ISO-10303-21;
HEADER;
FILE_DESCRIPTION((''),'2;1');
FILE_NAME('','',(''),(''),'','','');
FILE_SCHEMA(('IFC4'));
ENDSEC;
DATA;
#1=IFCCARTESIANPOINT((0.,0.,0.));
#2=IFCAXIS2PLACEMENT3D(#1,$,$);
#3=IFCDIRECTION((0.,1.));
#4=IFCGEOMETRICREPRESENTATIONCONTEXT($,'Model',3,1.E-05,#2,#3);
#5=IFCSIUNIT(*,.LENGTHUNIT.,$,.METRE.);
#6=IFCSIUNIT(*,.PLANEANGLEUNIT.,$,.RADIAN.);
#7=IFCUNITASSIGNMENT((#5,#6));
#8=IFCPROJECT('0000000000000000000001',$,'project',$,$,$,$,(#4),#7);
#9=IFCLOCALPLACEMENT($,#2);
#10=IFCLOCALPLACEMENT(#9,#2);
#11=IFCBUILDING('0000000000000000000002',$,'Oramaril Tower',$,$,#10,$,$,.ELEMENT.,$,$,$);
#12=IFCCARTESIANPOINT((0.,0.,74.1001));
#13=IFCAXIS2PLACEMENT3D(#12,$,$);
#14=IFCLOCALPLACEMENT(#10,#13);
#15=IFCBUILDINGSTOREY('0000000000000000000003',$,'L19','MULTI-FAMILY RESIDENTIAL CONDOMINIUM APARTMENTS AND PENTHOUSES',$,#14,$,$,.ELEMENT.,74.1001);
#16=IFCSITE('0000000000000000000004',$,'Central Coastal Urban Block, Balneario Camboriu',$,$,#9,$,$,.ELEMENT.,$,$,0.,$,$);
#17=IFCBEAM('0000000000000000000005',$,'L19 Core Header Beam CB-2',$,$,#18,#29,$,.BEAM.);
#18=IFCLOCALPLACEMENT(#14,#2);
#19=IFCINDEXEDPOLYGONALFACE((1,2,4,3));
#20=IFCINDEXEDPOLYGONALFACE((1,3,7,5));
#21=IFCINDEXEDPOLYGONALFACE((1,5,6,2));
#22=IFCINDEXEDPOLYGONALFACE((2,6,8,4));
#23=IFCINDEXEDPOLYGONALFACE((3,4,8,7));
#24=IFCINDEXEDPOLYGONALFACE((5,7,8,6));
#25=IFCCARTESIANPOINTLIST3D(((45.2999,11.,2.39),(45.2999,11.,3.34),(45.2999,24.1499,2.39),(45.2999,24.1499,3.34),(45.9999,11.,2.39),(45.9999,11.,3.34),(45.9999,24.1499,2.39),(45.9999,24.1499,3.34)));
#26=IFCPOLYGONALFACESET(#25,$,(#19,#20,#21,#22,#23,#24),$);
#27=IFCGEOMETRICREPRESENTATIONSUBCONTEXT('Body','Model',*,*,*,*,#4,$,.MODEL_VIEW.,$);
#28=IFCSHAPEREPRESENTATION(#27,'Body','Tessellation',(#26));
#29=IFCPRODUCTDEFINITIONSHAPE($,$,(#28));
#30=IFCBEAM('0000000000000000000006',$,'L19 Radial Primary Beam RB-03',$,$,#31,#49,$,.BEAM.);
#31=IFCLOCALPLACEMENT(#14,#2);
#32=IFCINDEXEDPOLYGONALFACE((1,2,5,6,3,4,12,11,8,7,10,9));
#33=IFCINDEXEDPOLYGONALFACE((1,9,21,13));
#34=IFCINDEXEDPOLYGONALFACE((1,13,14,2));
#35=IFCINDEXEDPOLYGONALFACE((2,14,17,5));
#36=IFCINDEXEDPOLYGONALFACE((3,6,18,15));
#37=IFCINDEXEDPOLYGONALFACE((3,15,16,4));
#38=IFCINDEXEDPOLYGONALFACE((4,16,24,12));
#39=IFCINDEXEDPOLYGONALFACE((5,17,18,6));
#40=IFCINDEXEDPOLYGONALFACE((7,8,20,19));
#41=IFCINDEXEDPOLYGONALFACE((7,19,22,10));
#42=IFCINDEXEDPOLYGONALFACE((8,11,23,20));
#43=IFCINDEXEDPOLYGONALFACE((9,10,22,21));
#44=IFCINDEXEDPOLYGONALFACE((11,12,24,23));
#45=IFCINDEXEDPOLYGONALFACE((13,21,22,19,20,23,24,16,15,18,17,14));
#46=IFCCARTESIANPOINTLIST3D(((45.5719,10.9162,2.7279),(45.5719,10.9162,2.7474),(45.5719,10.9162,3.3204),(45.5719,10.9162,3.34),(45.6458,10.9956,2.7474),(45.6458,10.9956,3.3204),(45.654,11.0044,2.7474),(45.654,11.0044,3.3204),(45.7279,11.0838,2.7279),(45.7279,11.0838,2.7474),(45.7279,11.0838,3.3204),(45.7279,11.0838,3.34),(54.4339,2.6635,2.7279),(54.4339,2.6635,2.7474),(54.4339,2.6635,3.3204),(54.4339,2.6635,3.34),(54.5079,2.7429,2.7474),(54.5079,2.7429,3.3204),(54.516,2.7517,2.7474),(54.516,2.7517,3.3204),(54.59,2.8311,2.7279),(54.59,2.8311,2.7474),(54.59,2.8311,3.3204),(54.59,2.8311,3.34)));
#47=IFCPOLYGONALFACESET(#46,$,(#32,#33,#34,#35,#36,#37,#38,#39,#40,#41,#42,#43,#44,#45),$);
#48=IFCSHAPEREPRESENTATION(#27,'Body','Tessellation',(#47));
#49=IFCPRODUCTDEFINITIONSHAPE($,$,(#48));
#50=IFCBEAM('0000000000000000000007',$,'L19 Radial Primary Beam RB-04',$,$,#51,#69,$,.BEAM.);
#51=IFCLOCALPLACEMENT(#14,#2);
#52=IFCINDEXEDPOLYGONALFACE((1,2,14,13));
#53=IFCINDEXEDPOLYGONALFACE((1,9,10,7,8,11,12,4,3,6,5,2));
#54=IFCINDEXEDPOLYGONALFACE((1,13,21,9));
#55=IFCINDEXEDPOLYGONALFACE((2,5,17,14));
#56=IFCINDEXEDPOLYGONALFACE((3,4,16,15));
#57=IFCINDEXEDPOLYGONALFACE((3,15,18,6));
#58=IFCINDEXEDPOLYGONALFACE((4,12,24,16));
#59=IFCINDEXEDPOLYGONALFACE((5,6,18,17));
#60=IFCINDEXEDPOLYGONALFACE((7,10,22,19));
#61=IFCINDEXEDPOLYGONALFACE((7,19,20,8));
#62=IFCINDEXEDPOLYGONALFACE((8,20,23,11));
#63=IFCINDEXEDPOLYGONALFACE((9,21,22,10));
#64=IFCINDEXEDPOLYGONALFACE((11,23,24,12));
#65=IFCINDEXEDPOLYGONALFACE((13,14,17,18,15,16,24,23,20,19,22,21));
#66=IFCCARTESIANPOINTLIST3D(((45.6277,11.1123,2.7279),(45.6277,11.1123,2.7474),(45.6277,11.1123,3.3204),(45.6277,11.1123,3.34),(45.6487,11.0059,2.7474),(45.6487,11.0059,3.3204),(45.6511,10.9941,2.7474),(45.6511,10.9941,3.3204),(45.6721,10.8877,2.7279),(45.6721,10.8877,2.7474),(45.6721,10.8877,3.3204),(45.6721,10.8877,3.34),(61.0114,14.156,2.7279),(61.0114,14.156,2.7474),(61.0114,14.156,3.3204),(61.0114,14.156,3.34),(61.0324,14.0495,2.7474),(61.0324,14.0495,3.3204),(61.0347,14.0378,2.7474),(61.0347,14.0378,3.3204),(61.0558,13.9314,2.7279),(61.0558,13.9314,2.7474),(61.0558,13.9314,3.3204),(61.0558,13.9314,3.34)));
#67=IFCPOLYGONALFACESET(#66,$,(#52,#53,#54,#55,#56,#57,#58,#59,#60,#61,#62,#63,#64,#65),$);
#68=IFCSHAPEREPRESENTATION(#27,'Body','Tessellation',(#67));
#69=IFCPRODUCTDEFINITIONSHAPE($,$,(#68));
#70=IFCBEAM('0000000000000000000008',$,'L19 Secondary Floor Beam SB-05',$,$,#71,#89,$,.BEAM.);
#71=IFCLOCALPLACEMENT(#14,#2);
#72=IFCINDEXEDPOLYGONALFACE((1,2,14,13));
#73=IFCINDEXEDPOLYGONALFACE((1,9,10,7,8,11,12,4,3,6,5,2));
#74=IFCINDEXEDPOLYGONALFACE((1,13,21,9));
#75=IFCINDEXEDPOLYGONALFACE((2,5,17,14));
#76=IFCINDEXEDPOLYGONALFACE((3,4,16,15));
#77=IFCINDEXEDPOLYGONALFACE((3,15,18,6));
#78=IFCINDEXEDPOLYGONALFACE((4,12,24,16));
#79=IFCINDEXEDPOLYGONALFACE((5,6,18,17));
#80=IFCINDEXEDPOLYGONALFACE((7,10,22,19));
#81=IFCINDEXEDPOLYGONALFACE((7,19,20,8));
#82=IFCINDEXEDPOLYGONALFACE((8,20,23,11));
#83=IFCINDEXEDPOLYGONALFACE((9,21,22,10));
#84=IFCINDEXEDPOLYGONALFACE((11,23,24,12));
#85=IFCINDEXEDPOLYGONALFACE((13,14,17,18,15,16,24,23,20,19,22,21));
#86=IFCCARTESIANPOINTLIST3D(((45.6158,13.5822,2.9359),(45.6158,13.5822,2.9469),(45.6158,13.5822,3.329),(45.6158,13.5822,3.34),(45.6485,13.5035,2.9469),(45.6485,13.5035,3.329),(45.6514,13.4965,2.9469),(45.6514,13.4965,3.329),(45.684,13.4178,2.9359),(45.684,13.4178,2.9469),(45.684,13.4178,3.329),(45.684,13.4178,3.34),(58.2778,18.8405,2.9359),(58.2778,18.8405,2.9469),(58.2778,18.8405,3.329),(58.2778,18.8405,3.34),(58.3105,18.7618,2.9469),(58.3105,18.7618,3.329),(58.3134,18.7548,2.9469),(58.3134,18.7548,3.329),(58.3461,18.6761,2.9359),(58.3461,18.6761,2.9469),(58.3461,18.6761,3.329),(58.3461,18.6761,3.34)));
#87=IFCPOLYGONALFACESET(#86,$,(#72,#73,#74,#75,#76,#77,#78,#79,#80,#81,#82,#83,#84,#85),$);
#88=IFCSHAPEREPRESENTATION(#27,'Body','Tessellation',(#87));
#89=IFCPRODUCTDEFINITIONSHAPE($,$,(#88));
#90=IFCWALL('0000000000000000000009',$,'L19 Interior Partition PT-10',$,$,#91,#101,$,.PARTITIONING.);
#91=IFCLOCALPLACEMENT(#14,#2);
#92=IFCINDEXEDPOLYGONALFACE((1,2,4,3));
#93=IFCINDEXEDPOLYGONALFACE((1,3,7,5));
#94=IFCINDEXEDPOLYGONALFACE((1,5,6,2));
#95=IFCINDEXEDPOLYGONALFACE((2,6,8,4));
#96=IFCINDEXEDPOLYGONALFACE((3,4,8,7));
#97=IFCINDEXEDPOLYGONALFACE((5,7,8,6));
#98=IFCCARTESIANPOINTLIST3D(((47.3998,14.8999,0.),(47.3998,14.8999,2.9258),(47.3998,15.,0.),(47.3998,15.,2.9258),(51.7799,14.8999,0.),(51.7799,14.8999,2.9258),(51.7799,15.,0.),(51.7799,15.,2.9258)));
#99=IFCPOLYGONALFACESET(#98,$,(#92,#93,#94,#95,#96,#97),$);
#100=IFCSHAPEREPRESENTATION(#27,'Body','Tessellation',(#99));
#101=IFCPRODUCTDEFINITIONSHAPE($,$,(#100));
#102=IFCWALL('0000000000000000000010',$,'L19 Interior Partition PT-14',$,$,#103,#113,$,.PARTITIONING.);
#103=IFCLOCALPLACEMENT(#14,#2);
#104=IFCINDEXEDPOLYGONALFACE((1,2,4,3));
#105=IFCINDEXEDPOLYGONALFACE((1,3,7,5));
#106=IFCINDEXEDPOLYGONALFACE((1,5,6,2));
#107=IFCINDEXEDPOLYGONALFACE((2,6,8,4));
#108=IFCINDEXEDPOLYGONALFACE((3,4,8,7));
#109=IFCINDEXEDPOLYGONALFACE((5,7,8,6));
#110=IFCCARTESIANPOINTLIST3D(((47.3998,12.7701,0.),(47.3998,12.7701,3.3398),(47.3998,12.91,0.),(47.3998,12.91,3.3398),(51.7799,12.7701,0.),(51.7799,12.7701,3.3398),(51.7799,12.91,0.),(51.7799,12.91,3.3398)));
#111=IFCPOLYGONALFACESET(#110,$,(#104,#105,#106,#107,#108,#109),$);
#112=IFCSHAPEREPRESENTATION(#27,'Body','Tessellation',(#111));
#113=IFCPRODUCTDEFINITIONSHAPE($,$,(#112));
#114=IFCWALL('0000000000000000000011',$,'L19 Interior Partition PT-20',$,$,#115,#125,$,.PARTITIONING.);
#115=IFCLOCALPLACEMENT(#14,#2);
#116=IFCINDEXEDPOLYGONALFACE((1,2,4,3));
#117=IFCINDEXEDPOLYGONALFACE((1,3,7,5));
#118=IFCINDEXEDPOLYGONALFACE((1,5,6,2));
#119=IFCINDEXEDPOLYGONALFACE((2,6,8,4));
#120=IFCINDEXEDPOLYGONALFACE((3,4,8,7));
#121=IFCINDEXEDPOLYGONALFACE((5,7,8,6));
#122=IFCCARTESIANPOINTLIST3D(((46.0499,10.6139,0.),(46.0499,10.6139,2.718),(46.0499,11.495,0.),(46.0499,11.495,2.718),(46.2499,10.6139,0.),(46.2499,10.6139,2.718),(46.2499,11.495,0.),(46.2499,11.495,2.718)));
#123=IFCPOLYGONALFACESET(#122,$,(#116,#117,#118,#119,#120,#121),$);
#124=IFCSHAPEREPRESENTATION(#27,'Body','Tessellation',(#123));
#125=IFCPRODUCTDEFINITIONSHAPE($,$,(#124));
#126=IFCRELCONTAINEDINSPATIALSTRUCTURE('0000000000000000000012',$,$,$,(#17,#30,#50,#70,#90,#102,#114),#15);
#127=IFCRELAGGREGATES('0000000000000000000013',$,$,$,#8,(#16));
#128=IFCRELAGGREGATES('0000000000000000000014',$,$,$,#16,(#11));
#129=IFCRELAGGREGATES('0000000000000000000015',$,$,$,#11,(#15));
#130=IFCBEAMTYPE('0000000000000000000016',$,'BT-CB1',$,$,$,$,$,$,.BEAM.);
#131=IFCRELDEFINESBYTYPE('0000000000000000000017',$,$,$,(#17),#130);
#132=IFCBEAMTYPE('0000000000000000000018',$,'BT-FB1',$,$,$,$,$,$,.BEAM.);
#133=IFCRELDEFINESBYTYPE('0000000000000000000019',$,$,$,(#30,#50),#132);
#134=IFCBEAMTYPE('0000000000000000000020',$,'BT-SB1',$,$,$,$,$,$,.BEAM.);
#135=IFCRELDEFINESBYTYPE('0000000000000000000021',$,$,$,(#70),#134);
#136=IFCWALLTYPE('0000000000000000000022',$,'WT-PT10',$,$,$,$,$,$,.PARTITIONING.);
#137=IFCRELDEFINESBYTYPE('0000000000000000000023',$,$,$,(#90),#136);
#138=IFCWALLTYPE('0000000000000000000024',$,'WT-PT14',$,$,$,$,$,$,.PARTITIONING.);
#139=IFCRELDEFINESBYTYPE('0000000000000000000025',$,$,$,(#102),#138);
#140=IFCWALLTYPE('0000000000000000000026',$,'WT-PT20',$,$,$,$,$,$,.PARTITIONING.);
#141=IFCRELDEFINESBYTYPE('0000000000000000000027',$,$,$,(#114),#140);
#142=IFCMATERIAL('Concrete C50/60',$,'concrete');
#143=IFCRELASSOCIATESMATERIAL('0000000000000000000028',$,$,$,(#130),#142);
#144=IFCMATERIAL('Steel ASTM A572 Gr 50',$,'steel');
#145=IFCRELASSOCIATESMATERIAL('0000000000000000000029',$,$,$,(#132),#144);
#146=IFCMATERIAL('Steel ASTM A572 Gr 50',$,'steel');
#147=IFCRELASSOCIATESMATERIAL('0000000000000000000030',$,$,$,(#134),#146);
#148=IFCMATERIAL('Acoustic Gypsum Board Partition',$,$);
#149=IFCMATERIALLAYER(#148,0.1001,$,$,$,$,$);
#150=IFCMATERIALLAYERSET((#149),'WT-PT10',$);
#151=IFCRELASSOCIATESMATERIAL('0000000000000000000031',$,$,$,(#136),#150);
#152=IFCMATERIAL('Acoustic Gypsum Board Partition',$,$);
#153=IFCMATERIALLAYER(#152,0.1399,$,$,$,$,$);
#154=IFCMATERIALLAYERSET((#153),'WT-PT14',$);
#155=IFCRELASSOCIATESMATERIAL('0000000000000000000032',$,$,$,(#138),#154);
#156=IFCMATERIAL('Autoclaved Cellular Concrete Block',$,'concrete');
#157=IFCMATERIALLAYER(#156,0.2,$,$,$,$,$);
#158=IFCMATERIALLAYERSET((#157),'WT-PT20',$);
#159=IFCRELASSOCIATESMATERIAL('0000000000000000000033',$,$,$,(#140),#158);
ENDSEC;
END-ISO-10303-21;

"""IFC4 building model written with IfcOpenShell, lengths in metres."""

from ifc_helpers import new_model, si_unit, direction, frame, frame_2d, origin, origin_2d, place, context, subcontext, project, spatial, rectangle, i_section, extrude, material, layer, layer_set, material_profile, profile_set, type_object, element, save


model = new_model("IFC4")

# Units and contexts
model_context = context("Model", 3, precision=1e-05, world=origin(), true_north=direction((0.0, 1.0)))
body_context = subcontext(model_context, "Body", "Model", "MODEL_VIEW")
ifc_project = project(units=[si_unit("LENGTHUNIT", "METRE"), si_unit("PLANEANGLEUNIT", "RADIAN")], contexts=[model_context])

# Site, building, storey
site_placement = place(None, origin())
site = spatial("IfcSite", under=ifc_project, at=site_placement, Name="Central Coastal Urban Block, Balneario Camboriu", CompositionType="ELEMENT", RefElevation=0.0)
building_placement = place(site_placement, origin())
building = spatial("IfcBuilding", under=site, at=building_placement, Name="Oramaril Tower", CompositionType="ELEMENT")
storey_placement = place(building_placement, frame((0.0, 0.0, 74.1001)))
storey = spatial("IfcBuildingStorey", under=building, at=storey_placement, Name="L19", Description="MULTI-FAMILY RESIDENTIAL CONDOMINIUM APARTMENTS AND PENTHOUSES", CompositionType="ELEMENT", Elevation=74.1001)

# Beams
ifc_material_1 = material(Name="Concrete C50/60", Category="concrete")
ifc_material_profile_1 = material_profile(ifc_material_1, rectangle(XDim=0.7, YDim=0.95, at=origin_2d()), Name="CB700X950")
ifc_profile_set_1 = profile_set([ifc_material_profile_1], Name="Concrete C50/60")
beam_type_1 = type_object("IfcBeamType", Name="BT-CB1", PredefinedType="BEAM", material=ifc_profile_set_1)
beam_1_placement = place(storey_placement, frame((45.6499, 11.0, 2.865), z_axis=(0.0, 1.0, 0.0), x_axis=(-1.0, 0.0, 0.0)))
element("IfcBeam", 1, at=beam_1_placement, inside=storey, type_object=beam_type_1, Name="L19 Core Header Beam CB-2", PredefinedType="BEAM", context=body_context, shape_type="SweptSolid", body=[
    extrude(rectangle(XDim=0.7, YDim=0.95, at=origin_2d()), origin(), (0.0, 0.0, 1.0), 13.1499),
])
ifc_material_2 = material(Name="Steel ASTM A572 Gr 50", Category="steel")
ifc_material_profile_2 = material_profile(ifc_material_2, i_section(OverallWidth=0.229, OverallDepth=0.6121, WebThickness=0.012, FlangeThickness=0.0195, at=origin_2d()), Name="W24X84")
ifc_profile_set_2 = profile_set([ifc_material_profile_2], Name="Steel ASTM A572 Gr 50")
beam_type_2 = type_object("IfcBeamType", Name="BT-FB1", PredefinedType="BEAM", material=ifc_profile_set_2)
beam_2_placement = place(storey_placement, frame((45.6499, 11.0, 3.0339), z_axis=(0.73182, -0.681498, 0.0), x_axis=(0.681498, 0.73182, 0.0)))
element("IfcBeam", 2, at=beam_2_placement, inside=storey, type_object=beam_type_2, Name="L19 Radial Primary Beam RB-03", PredefinedType="BEAM", context=body_context, shape_type="SweptSolid", body=[
    extrude(i_section(OverallWidth=0.229, OverallDepth=0.6121, WebThickness=0.012, FlangeThickness=0.0195, at=origin_2d()), origin(), (0.0, 0.0, 1.0), 12.1096),
])
beam_3_placement = place(storey_placement, frame((45.6499, 11.0, 3.0339), z_axis=(0.980984, 0.194089, 0.0), x_axis=(-0.194089, 0.980984, 0.0)))
element("IfcBeam", 3, at=beam_3_placement, inside=storey, type_object=beam_type_2, Name="L19 Radial Primary Beam RB-04", PredefinedType="BEAM", context=body_context, shape_type="SweptSolid", body=[
    extrude(i_section(OverallWidth=0.229, OverallDepth=0.6121, WebThickness=0.012, FlangeThickness=0.0195, at=origin_2d()), origin(), (0.0, 0.0, 1.0), 15.6819),
])
ifc_material_3 = material(Name="Steel ASTM A572 Gr 50", Category="steel")
ifc_material_profile_3 = material_profile(ifc_material_3, i_section(OverallWidth=0.178, OverallDepth=0.4041, WebThickness=0.0076, FlangeThickness=0.011, at=origin_2d()), Name="W16X36")
ifc_profile_set_3 = profile_set([ifc_material_profile_3], Name="Steel ASTM A572 Gr 50")
beam_type_3 = type_object("IfcBeamType", Name="BT-SB1", PredefinedType="BEAM", material=ifc_profile_set_3)
beam_4_placement = place(storey_placement, frame((45.6499, 13.5, 3.1379), z_axis=(0.923531, 0.383523, 0.0), x_axis=(-0.383523, 0.923531, 0.0)))
element("IfcBeam", 4, at=beam_4_placement, inside=storey, type_object=beam_type_3, Name="L19 Secondary Floor Beam SB-05", PredefinedType="BEAM", context=body_context, shape_type="SweptSolid", body=[
    extrude(i_section(OverallWidth=0.178, OverallDepth=0.4041, WebThickness=0.0076, FlangeThickness=0.011, at=origin_2d()), origin(), (0.0, 0.0, 1.0), 13.7104),
])

# Walls
ifc_material_4 = material(Name="Acoustic Gypsum Board Partition")
ifc_layer_1 = layer(ifc_material_4, 0.1001)
ifc_layer_set_1 = layer_set([ifc_layer_1], Name="WT-PT10")
wall_type_1 = type_object("IfcWallType", Name="WT-PT10", PredefinedType="PARTITIONING", material=ifc_layer_set_1)
wall_1_placement = place(storey_placement, frame((47.3999, 14.95, 0.0), z_axis=(0.0, 0.0, 1.0), x_axis=(1.0, 0.0, 0.0)))
element("IfcWall", 5, at=wall_1_placement, inside=storey, type_object=wall_type_1, Name="L19 Interior Partition PT-10", PredefinedType="PARTITIONING", context=body_context, shape_type="SweptSolid", body=[
    extrude(rectangle(XDim=4.3801, YDim=0.1001, at=frame_2d((2.1899, 0.0))), origin(), (0.0, 0.0, 1.0), 2.9258),
])
ifc_material_5 = material(Name="Acoustic Gypsum Board Partition")
ifc_layer_2 = layer(ifc_material_5, 0.1399)
ifc_layer_set_2 = layer_set([ifc_layer_2], Name="WT-PT14")
wall_type_2 = type_object("IfcWallType", Name="WT-PT14", PredefinedType="PARTITIONING", material=ifc_layer_set_2)
wall_2_placement = place(storey_placement, frame((47.3999, 12.8401, 0.0), z_axis=(0.0, 0.0, 1.0), x_axis=(1.0, 0.0, 0.0)))
element("IfcWall", 6, at=wall_2_placement, inside=storey, type_object=wall_type_2, Name="L19 Interior Partition PT-14", PredefinedType="PARTITIONING", context=body_context, shape_type="SweptSolid", body=[
    extrude(rectangle(XDim=4.3801, YDim=0.1399, at=frame_2d((2.1899, 0.0))), origin(), (0.0, 0.0, 1.0), 3.3398),
])

# Shared definitions
ifc_material_6 = material(Name="Autoclaved Cellular Concrete Block", Category="concrete")
ifc_layer_3 = layer(ifc_material_6, 0.2)
ifc_layer_set_3 = layer_set([ifc_layer_3], Name="WT-PT20")
wall_type_3 = type_object("IfcWallType", Name="WT-PT20", PredefinedType="PARTITIONING", material=ifc_layer_set_3)

# Wall
wall_3_placement = place(storey_placement, frame((46.1499, 10.614, 0.0), z_axis=(0.0, 0.0, 1.0), x_axis=(0.0, 1.0, 0.0)))
element("IfcWall", 7, at=wall_3_placement, inside=storey, type_object=wall_type_3, Name="L19 Interior Partition PT-20", PredefinedType="PARTITIONING", context=body_context, shape_type="SweptSolid", body=[
    extrude(rectangle(XDim=0.8811, YDim=0.2, at=frame_2d((0.4404, 0.0))), origin(), (0.0, 0.0, 1.0), 2.718),
])

save(model, "model.ifc")
